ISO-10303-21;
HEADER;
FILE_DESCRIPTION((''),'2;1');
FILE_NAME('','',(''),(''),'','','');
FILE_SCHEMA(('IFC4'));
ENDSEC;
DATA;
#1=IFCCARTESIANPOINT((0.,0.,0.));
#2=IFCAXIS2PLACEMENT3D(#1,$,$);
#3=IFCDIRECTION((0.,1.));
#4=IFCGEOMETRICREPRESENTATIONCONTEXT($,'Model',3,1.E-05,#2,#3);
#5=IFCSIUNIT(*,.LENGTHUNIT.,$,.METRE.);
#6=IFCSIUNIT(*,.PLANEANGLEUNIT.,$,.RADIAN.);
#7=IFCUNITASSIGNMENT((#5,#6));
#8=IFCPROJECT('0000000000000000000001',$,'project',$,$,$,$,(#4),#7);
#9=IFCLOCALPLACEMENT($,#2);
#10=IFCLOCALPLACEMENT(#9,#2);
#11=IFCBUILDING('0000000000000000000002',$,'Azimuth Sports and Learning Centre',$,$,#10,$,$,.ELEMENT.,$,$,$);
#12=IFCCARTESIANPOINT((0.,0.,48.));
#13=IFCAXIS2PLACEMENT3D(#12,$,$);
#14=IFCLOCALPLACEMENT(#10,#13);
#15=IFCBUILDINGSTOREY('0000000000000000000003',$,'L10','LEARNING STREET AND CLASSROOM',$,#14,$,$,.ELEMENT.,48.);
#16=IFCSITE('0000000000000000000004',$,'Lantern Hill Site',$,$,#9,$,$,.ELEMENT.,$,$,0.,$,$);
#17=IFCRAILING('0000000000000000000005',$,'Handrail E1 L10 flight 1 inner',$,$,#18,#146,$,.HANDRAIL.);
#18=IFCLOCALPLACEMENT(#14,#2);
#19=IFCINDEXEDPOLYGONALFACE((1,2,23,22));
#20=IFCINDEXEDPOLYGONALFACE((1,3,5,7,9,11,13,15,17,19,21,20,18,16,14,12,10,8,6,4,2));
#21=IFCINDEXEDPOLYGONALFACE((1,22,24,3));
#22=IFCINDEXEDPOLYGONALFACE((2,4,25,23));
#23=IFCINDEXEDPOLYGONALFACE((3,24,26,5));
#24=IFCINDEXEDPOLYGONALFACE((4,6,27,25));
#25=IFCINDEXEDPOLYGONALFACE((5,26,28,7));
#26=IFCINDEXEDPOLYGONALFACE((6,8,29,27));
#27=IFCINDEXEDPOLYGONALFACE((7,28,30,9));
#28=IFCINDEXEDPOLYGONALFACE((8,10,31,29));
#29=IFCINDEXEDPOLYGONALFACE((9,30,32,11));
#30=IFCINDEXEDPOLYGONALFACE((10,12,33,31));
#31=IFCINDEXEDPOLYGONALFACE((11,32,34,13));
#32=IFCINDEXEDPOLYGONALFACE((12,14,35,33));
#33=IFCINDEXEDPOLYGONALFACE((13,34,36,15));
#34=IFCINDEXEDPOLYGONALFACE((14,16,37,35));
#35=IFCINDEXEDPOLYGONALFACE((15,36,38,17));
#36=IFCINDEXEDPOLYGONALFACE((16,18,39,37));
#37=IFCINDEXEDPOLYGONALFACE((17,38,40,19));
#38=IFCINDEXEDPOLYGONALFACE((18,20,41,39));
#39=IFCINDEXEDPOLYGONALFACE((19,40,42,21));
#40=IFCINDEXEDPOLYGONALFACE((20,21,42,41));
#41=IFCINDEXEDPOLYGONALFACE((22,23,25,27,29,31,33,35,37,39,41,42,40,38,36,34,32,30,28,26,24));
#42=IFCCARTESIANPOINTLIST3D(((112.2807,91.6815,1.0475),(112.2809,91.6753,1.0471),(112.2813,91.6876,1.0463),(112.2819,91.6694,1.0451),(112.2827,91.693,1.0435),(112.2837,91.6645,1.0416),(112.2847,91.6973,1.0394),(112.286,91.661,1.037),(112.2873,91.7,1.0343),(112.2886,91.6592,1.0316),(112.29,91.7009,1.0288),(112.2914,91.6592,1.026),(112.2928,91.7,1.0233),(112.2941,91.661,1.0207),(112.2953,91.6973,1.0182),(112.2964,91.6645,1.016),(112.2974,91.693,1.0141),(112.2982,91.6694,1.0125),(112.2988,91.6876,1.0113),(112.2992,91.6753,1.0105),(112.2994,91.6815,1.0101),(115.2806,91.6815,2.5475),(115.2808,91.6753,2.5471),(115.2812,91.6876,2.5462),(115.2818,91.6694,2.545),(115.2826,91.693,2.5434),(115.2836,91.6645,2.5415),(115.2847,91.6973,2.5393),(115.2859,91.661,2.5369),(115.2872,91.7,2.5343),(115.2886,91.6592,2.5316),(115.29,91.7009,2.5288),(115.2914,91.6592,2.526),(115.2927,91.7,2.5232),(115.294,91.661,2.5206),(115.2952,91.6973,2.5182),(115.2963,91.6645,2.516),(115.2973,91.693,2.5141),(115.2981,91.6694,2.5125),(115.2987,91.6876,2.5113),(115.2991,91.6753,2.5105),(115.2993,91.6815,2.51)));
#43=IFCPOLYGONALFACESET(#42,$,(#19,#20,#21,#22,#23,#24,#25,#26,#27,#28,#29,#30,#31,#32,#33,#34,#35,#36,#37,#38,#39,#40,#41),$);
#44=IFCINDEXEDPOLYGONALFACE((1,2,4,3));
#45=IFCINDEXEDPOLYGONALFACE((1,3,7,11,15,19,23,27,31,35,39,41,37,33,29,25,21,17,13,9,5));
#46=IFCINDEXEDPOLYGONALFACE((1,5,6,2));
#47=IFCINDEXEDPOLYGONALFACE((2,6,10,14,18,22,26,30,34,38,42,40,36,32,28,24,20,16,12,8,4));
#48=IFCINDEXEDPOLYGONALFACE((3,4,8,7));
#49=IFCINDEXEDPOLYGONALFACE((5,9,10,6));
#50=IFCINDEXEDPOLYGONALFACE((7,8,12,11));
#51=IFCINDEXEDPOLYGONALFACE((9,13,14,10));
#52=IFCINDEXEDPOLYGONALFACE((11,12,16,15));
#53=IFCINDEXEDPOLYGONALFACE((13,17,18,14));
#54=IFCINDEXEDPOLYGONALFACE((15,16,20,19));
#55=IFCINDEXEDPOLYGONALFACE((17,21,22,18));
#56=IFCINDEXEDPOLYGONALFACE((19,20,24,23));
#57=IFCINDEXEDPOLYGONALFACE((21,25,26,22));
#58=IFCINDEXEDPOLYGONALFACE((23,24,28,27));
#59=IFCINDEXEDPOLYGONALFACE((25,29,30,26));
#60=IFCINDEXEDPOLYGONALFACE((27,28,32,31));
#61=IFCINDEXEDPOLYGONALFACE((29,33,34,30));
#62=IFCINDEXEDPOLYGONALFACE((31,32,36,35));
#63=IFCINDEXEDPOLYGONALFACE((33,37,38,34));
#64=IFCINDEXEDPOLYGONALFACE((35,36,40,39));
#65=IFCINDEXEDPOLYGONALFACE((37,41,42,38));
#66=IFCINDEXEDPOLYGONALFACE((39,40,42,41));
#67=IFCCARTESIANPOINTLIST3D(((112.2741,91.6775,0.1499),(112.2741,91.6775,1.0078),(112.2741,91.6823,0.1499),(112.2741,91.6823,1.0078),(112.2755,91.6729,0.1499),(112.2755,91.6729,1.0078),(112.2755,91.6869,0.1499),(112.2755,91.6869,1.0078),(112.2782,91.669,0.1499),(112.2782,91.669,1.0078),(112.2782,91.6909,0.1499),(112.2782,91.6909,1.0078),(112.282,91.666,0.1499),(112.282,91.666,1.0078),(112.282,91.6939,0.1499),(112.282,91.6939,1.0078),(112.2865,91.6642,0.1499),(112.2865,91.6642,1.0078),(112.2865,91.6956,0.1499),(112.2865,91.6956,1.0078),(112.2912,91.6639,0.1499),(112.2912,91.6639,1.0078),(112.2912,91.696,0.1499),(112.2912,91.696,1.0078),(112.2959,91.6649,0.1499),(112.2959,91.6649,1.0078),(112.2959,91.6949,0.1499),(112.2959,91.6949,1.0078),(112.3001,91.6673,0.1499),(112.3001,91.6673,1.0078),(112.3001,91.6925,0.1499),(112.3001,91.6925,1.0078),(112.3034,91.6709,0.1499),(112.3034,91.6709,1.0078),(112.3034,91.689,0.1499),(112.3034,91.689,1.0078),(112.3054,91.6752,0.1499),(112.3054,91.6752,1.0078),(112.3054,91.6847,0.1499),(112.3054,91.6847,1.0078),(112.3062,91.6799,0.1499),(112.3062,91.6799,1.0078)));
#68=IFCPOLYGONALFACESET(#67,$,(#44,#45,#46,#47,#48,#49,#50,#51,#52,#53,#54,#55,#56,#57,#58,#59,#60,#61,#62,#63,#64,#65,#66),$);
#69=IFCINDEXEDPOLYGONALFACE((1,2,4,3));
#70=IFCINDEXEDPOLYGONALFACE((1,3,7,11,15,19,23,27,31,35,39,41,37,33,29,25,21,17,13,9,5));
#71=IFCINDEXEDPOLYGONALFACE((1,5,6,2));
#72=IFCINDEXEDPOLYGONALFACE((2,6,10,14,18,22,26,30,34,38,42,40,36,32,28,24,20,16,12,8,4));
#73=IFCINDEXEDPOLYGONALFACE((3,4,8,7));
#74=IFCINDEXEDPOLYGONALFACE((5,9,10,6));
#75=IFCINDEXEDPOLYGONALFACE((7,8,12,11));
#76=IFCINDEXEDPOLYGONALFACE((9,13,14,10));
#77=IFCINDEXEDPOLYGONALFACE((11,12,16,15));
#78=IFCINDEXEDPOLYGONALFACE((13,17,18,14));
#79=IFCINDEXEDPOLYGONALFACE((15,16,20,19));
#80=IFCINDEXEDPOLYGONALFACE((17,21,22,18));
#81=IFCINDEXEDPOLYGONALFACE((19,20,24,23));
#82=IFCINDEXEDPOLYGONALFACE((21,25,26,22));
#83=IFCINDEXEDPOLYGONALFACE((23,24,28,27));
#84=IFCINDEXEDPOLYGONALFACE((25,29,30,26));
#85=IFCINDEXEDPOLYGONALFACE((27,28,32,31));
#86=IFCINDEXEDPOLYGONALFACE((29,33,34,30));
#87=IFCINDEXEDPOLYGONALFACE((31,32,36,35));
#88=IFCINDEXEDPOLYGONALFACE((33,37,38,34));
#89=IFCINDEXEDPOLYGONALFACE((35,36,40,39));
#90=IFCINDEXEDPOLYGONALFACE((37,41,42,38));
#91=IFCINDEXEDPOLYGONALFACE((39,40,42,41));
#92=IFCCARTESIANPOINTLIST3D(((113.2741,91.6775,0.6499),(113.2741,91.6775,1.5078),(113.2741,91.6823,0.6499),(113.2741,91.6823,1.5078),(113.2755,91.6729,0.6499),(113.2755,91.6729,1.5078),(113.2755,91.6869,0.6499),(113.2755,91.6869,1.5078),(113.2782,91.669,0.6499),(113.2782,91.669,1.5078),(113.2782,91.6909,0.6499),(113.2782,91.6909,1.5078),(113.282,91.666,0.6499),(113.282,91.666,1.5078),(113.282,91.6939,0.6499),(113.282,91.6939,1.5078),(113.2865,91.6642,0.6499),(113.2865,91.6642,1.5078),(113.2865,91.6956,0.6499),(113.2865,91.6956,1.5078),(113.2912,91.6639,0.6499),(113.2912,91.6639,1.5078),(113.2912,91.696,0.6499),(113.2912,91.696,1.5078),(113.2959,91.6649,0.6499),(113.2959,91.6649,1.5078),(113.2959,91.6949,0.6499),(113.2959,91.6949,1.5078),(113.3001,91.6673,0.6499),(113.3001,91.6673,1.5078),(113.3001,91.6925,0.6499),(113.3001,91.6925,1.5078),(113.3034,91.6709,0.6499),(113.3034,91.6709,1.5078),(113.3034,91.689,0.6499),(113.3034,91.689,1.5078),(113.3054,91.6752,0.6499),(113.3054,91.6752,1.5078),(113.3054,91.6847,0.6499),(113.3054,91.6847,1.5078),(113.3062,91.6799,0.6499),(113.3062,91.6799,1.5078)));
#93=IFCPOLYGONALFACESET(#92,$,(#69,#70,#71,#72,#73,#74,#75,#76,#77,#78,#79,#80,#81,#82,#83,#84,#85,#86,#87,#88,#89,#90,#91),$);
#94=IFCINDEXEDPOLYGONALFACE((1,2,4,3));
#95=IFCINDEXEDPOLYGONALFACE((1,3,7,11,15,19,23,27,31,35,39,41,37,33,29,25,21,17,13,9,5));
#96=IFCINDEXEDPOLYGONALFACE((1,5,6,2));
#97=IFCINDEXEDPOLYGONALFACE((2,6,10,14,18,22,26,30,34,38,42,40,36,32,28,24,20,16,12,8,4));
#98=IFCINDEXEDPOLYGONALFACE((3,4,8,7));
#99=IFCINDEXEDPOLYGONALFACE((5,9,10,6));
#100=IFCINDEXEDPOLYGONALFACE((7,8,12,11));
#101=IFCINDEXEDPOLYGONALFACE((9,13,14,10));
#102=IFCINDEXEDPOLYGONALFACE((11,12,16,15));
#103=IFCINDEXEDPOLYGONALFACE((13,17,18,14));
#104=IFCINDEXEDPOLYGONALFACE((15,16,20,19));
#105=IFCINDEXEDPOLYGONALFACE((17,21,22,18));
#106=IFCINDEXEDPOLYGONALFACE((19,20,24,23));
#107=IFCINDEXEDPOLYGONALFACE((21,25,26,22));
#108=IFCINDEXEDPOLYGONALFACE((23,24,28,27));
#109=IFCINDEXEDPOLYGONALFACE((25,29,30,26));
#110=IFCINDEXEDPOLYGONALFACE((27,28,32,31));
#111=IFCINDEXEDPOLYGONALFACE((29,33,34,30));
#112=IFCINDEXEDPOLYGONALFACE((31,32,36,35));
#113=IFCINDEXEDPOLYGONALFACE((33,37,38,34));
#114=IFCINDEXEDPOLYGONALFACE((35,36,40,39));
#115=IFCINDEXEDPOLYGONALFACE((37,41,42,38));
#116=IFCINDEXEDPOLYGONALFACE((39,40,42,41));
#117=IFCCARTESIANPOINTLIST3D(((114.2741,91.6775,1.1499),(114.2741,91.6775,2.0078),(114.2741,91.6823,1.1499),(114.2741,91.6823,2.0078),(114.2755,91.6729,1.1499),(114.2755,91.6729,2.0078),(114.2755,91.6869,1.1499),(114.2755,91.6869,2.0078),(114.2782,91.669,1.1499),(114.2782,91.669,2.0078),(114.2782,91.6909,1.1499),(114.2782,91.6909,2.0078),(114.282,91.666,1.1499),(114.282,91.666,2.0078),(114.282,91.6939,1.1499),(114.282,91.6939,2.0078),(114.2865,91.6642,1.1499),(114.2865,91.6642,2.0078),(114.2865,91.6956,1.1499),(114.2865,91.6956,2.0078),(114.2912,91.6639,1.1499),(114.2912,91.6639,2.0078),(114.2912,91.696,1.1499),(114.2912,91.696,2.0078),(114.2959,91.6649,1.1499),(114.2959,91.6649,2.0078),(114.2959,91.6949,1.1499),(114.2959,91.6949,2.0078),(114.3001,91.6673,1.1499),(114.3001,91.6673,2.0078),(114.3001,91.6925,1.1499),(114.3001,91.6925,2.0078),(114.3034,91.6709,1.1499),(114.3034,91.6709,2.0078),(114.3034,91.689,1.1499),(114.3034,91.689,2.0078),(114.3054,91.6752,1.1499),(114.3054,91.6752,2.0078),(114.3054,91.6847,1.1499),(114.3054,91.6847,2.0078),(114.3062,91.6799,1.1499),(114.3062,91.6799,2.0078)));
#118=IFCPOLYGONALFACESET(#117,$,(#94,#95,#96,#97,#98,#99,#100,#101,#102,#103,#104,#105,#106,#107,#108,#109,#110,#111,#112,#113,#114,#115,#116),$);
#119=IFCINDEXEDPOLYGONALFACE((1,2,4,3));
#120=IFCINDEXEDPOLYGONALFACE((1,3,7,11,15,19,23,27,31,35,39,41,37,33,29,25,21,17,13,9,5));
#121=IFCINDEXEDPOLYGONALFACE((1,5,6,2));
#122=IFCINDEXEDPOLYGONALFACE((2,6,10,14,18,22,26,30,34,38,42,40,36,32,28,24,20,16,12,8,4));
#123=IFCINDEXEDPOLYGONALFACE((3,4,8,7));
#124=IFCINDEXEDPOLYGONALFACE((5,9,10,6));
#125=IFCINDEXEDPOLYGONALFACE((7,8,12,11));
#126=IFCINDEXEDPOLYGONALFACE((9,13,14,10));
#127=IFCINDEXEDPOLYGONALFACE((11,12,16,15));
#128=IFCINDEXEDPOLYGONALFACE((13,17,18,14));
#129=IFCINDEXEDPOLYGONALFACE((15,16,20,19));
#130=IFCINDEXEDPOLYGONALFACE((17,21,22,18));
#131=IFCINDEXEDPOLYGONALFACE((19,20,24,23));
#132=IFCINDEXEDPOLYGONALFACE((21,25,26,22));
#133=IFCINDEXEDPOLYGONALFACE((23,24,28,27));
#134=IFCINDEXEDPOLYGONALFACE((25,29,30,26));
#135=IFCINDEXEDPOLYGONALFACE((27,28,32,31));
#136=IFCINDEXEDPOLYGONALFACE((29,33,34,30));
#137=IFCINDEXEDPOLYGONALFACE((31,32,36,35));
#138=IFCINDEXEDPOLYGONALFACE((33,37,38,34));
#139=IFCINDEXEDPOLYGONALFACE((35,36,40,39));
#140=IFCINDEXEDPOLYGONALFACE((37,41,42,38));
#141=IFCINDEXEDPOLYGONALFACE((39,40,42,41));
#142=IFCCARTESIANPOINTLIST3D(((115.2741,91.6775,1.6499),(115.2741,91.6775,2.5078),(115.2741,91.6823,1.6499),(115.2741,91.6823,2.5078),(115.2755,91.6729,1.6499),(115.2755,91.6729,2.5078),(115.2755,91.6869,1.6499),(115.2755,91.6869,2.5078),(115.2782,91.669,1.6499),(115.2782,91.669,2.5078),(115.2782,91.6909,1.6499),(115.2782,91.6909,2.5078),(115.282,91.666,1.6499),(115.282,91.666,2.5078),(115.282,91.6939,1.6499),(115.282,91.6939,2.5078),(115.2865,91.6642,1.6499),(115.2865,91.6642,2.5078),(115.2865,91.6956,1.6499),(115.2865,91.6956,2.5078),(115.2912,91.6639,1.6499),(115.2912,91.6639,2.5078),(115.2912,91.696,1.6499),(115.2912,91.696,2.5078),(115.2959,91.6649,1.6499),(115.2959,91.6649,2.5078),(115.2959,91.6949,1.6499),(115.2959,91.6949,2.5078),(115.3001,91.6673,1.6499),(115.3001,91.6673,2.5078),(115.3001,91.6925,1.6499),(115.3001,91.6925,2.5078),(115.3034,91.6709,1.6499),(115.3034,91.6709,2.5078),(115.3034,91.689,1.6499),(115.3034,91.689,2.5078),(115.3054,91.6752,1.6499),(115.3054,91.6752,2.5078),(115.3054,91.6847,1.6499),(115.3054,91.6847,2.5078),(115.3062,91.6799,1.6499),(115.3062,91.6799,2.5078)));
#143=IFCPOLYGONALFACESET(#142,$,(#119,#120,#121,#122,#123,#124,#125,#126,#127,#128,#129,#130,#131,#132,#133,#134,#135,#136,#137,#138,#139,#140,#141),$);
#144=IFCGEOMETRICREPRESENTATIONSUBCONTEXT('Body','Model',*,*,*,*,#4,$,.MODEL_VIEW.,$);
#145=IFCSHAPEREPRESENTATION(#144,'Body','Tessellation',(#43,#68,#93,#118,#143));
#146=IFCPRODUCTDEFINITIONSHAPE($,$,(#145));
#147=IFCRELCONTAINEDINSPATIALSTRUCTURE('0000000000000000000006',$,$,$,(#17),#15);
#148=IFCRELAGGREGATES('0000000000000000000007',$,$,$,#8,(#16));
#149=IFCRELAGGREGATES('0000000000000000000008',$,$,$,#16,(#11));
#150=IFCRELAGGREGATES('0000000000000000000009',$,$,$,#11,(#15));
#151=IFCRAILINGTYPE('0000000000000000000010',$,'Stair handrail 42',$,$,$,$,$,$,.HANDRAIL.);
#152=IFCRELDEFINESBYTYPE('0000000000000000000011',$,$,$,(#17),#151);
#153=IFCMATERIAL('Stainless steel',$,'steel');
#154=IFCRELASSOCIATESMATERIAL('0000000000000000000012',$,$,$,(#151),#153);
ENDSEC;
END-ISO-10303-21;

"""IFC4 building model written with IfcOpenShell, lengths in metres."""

from ifc_helpers import new_model, si_unit, direction, frame, origin, origin_2d, place, context, subcontext, project, spatial, circle, extrude, material, type_object, element, save


model = new_model("IFC4")

# Units and contexts
model_context = context("Model", 3, precision=1e-05, world=origin(), true_north=direction((0.0, 1.0)))
body_context = subcontext(model_context, "Body", "Model", "MODEL_VIEW")
ifc_project = project(units=[si_unit("LENGTHUNIT", "METRE"), si_unit("PLANEANGLEUNIT", "RADIAN")], contexts=[model_context])

# Site, building, storey
site_placement = place(None, origin())
site = spatial("IfcSite", under=ifc_project, at=site_placement, Name="Lantern Hill Site", CompositionType="ELEMENT", RefElevation=0.0)
building_placement = place(site_placement, origin())
building = spatial("IfcBuilding", under=site, at=building_placement, Name="Azimuth Sports and Learning Centre", CompositionType="ELEMENT")
storey_placement = place(building_placement, frame((0.0, 0.0, 48.0)))
storey = spatial("IfcBuildingStorey", under=building, at=storey_placement, Name="L10", Description="LEARNING STREET AND CLASSROOM", CompositionType="ELEMENT", Elevation=48.0)

# Railing
ifc_material_1 = material(Name="Stainless steel", Category="steel")
railing_type_1 = type_object("IfcRailingType", Name="Stair handrail 42", PredefinedType="HANDRAIL", material=ifc_material_1)
for number, where, name in (
    (1, (112.29, 91.6799, 0.1499), "Handrail E1 L10 flight 1 inner"),
):
    element("IfcRailing", number, at=place(storey_placement, frame(where)), inside=storey, type_object=railing_type_1, Name=name, PredefinedType="HANDRAIL", context=body_context, shape_type="SweptSolid", body=[
        extrude(circle(Radius=0.021, at=origin_2d()), frame((0.0, 0.0, 0.8789), z_axis=(0.894427, 0.0, 0.447214), x_axis=(0.0, 1.0, 0.0)), (0.0, 0.0, 1.0), 3.354),
        extrude(circle(Radius=0.0161, at=origin_2d()), origin(), (0.0, 0.0, 1.0), 0.8579),
        extrude(circle(Radius=0.0161, at=origin_2d()), frame((1.0, 0.0, 0.5)), (0.0, 0.0, 1.0), 0.8579),
        extrude(circle(Radius=0.0161, at=origin_2d()), frame((2.0, 0.0, 1.0)), (0.0, 0.0, 1.0), 0.8579),
        extrude(circle(Radius=0.0161, at=origin_2d()), frame((3.0, 0.0, 1.5)), (0.0, 0.0, 1.0), 0.8579),
    ])

save(model, "model.ifc")
